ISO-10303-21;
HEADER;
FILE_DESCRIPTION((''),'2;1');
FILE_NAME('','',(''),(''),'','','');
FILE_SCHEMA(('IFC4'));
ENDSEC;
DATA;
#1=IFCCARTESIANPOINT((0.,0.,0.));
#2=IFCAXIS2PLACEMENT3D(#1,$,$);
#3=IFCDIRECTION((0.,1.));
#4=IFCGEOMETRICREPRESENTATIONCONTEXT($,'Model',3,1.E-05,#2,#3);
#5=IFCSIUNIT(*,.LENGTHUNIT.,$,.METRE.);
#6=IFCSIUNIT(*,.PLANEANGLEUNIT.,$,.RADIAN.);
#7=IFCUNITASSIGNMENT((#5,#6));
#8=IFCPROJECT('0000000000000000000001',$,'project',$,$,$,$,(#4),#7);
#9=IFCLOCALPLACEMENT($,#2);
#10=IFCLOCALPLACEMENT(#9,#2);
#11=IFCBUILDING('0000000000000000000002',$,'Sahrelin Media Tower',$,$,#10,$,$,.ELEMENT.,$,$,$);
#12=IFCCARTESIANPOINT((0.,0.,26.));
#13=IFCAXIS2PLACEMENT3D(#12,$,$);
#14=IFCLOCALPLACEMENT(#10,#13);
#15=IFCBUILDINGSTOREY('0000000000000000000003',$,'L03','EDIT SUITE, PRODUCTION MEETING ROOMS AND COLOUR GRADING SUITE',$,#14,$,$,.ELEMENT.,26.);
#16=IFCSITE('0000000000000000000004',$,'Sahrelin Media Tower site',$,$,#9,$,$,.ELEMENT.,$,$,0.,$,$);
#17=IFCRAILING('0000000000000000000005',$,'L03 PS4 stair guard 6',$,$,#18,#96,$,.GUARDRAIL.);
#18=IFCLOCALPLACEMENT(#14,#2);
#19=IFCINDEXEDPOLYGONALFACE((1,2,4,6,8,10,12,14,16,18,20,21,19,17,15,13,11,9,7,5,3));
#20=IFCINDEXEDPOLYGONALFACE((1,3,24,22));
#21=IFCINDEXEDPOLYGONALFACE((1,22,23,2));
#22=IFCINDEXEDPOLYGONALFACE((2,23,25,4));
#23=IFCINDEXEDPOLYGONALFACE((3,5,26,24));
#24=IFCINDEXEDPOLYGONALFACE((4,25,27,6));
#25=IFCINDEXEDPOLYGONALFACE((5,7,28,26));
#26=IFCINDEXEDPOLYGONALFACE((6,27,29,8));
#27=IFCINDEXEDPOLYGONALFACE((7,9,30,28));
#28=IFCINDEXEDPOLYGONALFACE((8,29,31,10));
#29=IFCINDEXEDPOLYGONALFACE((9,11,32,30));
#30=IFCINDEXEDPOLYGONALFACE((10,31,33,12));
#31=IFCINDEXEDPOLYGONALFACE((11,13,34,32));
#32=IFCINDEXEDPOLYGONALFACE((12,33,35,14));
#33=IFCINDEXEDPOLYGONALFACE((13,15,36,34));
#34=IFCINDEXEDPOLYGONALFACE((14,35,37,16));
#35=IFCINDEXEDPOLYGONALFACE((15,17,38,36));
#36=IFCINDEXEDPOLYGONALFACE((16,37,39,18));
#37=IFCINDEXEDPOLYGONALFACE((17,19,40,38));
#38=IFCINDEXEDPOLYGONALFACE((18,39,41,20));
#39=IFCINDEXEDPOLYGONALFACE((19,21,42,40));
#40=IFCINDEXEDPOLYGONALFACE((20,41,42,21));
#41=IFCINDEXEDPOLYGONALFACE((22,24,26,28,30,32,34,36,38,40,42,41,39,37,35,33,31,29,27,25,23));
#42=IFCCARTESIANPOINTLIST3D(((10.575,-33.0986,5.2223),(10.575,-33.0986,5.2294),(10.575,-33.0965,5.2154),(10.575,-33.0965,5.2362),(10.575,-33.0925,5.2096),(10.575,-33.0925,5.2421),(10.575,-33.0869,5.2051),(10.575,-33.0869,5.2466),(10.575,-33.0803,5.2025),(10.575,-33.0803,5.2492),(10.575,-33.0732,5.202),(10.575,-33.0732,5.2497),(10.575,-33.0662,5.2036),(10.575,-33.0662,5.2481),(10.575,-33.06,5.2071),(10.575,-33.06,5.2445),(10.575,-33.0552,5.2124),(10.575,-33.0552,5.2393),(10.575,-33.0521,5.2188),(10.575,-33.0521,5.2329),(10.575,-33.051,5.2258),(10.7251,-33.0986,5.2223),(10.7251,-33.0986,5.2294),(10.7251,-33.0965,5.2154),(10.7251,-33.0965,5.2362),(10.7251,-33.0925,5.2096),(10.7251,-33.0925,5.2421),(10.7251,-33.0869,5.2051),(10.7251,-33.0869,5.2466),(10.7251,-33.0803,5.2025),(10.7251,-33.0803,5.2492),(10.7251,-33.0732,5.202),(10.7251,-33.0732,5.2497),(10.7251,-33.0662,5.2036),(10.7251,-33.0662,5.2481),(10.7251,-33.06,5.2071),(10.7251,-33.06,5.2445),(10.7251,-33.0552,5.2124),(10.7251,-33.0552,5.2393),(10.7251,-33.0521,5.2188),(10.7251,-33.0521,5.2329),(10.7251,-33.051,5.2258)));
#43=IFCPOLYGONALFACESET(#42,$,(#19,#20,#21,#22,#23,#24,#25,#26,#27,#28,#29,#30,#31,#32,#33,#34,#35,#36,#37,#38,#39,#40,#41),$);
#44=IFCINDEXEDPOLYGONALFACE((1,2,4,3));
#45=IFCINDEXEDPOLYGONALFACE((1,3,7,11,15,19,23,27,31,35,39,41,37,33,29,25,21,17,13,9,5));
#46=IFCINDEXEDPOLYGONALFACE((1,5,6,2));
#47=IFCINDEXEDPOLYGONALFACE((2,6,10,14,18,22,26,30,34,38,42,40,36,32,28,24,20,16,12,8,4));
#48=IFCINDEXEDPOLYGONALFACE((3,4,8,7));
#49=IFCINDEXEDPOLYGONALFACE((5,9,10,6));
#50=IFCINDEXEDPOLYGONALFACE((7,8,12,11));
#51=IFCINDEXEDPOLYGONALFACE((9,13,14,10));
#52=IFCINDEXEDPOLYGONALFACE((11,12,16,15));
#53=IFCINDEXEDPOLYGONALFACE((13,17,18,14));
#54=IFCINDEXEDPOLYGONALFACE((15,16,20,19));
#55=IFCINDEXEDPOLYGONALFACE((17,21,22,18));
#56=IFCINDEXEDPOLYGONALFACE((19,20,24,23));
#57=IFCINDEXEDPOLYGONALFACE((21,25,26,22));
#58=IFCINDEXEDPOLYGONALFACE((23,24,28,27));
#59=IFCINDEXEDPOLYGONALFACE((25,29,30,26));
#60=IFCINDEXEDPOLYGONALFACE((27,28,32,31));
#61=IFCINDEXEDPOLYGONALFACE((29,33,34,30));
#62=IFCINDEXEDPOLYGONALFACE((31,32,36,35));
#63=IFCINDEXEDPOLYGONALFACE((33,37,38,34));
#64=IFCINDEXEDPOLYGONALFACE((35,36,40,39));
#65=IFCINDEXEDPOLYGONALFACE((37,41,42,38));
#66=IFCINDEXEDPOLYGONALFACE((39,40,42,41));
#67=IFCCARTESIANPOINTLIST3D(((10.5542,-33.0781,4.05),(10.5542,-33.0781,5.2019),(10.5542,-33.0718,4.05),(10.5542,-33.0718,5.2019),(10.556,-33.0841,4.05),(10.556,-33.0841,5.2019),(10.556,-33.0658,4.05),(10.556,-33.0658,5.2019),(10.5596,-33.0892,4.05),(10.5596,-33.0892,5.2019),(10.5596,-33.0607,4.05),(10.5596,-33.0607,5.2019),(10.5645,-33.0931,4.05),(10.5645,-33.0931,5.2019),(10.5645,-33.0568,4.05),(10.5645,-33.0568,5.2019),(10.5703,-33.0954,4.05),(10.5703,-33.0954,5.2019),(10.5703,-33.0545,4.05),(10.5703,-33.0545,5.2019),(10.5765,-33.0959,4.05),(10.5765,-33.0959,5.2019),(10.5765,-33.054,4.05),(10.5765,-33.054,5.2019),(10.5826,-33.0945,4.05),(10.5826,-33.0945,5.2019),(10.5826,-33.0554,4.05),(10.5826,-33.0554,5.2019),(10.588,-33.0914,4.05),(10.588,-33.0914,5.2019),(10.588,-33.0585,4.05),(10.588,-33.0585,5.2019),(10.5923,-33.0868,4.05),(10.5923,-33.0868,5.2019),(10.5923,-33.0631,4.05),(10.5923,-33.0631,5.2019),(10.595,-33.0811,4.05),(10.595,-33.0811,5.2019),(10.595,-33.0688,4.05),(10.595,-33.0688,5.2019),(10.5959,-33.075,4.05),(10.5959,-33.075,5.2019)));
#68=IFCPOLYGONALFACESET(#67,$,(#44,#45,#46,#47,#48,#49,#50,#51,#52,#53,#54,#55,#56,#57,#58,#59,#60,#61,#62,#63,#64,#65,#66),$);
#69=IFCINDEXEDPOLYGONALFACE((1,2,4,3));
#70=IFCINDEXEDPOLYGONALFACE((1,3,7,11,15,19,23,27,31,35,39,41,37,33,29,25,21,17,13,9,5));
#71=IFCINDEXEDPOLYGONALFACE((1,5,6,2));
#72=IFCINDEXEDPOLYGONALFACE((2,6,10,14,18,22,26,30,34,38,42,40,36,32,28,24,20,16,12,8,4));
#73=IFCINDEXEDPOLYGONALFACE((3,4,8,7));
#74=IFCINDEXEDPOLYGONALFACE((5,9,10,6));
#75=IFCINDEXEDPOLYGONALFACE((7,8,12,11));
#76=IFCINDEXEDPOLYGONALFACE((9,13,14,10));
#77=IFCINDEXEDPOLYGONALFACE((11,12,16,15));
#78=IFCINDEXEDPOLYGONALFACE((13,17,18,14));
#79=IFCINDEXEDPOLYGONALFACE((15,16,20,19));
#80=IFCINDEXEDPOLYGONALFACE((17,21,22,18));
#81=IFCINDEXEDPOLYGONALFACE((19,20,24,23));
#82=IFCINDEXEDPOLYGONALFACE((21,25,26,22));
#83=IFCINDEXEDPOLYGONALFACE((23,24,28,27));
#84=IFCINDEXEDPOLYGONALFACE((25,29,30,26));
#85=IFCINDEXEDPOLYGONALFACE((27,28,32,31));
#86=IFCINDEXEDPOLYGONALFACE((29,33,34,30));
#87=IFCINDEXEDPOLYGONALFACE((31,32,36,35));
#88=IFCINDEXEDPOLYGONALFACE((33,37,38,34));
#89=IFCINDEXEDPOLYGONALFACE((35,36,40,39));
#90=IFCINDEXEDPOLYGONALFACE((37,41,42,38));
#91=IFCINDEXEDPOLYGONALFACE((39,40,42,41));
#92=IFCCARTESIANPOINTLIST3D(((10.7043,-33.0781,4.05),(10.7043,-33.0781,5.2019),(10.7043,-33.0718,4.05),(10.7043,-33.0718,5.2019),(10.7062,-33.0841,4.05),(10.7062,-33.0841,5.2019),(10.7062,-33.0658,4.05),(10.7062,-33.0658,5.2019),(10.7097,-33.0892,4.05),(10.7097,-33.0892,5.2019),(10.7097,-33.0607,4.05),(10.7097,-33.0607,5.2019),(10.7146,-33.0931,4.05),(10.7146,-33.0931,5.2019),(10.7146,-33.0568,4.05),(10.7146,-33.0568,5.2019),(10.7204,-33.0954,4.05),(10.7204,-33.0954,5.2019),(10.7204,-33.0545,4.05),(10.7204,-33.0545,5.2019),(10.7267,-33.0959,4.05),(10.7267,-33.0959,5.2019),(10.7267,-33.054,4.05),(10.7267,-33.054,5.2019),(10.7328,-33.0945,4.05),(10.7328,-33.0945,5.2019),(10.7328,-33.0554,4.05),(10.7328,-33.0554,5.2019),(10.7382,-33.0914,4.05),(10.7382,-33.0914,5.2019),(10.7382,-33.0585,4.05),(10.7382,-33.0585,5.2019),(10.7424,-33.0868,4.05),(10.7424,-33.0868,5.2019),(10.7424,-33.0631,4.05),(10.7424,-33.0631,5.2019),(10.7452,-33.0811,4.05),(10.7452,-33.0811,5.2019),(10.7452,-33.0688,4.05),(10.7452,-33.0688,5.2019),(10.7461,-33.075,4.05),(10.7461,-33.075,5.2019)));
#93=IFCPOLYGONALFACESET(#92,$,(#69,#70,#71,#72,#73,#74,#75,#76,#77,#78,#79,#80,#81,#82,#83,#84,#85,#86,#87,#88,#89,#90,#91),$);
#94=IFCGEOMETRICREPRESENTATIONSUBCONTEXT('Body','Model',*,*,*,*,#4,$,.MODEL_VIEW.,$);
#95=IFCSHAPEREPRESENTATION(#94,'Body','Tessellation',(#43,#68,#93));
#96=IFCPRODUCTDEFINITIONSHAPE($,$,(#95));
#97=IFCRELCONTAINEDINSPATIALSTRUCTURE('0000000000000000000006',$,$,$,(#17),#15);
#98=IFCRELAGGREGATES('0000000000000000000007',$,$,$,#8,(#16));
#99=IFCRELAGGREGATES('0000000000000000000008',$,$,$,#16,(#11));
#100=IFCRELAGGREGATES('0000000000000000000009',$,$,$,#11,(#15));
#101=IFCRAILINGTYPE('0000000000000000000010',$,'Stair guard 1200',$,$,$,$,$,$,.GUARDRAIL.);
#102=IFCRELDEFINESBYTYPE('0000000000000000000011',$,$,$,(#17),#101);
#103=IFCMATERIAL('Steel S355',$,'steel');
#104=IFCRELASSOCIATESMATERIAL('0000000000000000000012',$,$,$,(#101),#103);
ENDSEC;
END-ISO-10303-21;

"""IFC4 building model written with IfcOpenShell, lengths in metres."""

from ifc_helpers import new_model, si_unit, direction, frame, origin, origin_2d, place, context, subcontext, project, spatial, circle, extrude, material, type_object, element, save


model = new_model("IFC4")

# Units and contexts
model_context = context("Model", 3, precision=1e-05, world=origin(), true_north=direction((0.0, 1.0)))
body_context = subcontext(model_context, "Body", "Model", "MODEL_VIEW")
ifc_project = project(units=[si_unit("LENGTHUNIT", "METRE"), si_unit("PLANEANGLEUNIT", "RADIAN")], contexts=[model_context])

# Site, building, storey
site_placement = place(None, origin())
site = spatial("IfcSite", under=ifc_project, at=site_placement, Name="Sahrelin Media Tower site", CompositionType="ELEMENT", RefElevation=0.0)
building_placement = place(site_placement, origin())
building = spatial("IfcBuilding", under=site, at=building_placement, Name="Sahrelin Media Tower", CompositionType="ELEMENT")
storey_placement = place(building_placement, frame((0.0, 0.0, 26.0)))
storey = spatial("IfcBuildingStorey", under=building, at=storey_placement, Name="L03", Description="EDIT SUITE, PRODUCTION MEETING ROOMS AND COLOUR GRADING SUITE", CompositionType="ELEMENT", Elevation=26.0)

# Shared definitions
ifc_material_1 = material(Name="Steel S355", Category="steel")

# Railing
railing_type_1 = type_object("IfcRailingType", Name="Stair guard 1200", PredefinedType="GUARDRAIL", material=ifc_material_1)
railing_1_placement = place(storey_placement, frame((10.575, -33.075, 4.05)))
element("IfcRailing", 1, at=railing_1_placement, inside=storey, type_object=railing_type_1, Name="L03 PS4 stair guard 6", PredefinedType="GUARDRAIL", context=body_context, shape_type="SweptSolid", body=[
    extrude(circle(Radius=0.0239, at=origin_2d()), frame((0.0, 0.0, 1.1758), z_axis=(1.0, 0.0, 0.0), x_axis=(0.0, 1.0, 0.0)), (0.0, 0.0, 1.0), 0.1501),
    extrude(circle(Radius=0.021, at=origin_2d()), origin(), (0.0, 0.0, 1.0), 1.1519),
    extrude(circle(Radius=0.021, at=origin_2d()), frame((0.1501, 0.0, 0.0)), (0.0, 0.0, 1.0), 1.1519),
])

save(model, "model.ifc")
